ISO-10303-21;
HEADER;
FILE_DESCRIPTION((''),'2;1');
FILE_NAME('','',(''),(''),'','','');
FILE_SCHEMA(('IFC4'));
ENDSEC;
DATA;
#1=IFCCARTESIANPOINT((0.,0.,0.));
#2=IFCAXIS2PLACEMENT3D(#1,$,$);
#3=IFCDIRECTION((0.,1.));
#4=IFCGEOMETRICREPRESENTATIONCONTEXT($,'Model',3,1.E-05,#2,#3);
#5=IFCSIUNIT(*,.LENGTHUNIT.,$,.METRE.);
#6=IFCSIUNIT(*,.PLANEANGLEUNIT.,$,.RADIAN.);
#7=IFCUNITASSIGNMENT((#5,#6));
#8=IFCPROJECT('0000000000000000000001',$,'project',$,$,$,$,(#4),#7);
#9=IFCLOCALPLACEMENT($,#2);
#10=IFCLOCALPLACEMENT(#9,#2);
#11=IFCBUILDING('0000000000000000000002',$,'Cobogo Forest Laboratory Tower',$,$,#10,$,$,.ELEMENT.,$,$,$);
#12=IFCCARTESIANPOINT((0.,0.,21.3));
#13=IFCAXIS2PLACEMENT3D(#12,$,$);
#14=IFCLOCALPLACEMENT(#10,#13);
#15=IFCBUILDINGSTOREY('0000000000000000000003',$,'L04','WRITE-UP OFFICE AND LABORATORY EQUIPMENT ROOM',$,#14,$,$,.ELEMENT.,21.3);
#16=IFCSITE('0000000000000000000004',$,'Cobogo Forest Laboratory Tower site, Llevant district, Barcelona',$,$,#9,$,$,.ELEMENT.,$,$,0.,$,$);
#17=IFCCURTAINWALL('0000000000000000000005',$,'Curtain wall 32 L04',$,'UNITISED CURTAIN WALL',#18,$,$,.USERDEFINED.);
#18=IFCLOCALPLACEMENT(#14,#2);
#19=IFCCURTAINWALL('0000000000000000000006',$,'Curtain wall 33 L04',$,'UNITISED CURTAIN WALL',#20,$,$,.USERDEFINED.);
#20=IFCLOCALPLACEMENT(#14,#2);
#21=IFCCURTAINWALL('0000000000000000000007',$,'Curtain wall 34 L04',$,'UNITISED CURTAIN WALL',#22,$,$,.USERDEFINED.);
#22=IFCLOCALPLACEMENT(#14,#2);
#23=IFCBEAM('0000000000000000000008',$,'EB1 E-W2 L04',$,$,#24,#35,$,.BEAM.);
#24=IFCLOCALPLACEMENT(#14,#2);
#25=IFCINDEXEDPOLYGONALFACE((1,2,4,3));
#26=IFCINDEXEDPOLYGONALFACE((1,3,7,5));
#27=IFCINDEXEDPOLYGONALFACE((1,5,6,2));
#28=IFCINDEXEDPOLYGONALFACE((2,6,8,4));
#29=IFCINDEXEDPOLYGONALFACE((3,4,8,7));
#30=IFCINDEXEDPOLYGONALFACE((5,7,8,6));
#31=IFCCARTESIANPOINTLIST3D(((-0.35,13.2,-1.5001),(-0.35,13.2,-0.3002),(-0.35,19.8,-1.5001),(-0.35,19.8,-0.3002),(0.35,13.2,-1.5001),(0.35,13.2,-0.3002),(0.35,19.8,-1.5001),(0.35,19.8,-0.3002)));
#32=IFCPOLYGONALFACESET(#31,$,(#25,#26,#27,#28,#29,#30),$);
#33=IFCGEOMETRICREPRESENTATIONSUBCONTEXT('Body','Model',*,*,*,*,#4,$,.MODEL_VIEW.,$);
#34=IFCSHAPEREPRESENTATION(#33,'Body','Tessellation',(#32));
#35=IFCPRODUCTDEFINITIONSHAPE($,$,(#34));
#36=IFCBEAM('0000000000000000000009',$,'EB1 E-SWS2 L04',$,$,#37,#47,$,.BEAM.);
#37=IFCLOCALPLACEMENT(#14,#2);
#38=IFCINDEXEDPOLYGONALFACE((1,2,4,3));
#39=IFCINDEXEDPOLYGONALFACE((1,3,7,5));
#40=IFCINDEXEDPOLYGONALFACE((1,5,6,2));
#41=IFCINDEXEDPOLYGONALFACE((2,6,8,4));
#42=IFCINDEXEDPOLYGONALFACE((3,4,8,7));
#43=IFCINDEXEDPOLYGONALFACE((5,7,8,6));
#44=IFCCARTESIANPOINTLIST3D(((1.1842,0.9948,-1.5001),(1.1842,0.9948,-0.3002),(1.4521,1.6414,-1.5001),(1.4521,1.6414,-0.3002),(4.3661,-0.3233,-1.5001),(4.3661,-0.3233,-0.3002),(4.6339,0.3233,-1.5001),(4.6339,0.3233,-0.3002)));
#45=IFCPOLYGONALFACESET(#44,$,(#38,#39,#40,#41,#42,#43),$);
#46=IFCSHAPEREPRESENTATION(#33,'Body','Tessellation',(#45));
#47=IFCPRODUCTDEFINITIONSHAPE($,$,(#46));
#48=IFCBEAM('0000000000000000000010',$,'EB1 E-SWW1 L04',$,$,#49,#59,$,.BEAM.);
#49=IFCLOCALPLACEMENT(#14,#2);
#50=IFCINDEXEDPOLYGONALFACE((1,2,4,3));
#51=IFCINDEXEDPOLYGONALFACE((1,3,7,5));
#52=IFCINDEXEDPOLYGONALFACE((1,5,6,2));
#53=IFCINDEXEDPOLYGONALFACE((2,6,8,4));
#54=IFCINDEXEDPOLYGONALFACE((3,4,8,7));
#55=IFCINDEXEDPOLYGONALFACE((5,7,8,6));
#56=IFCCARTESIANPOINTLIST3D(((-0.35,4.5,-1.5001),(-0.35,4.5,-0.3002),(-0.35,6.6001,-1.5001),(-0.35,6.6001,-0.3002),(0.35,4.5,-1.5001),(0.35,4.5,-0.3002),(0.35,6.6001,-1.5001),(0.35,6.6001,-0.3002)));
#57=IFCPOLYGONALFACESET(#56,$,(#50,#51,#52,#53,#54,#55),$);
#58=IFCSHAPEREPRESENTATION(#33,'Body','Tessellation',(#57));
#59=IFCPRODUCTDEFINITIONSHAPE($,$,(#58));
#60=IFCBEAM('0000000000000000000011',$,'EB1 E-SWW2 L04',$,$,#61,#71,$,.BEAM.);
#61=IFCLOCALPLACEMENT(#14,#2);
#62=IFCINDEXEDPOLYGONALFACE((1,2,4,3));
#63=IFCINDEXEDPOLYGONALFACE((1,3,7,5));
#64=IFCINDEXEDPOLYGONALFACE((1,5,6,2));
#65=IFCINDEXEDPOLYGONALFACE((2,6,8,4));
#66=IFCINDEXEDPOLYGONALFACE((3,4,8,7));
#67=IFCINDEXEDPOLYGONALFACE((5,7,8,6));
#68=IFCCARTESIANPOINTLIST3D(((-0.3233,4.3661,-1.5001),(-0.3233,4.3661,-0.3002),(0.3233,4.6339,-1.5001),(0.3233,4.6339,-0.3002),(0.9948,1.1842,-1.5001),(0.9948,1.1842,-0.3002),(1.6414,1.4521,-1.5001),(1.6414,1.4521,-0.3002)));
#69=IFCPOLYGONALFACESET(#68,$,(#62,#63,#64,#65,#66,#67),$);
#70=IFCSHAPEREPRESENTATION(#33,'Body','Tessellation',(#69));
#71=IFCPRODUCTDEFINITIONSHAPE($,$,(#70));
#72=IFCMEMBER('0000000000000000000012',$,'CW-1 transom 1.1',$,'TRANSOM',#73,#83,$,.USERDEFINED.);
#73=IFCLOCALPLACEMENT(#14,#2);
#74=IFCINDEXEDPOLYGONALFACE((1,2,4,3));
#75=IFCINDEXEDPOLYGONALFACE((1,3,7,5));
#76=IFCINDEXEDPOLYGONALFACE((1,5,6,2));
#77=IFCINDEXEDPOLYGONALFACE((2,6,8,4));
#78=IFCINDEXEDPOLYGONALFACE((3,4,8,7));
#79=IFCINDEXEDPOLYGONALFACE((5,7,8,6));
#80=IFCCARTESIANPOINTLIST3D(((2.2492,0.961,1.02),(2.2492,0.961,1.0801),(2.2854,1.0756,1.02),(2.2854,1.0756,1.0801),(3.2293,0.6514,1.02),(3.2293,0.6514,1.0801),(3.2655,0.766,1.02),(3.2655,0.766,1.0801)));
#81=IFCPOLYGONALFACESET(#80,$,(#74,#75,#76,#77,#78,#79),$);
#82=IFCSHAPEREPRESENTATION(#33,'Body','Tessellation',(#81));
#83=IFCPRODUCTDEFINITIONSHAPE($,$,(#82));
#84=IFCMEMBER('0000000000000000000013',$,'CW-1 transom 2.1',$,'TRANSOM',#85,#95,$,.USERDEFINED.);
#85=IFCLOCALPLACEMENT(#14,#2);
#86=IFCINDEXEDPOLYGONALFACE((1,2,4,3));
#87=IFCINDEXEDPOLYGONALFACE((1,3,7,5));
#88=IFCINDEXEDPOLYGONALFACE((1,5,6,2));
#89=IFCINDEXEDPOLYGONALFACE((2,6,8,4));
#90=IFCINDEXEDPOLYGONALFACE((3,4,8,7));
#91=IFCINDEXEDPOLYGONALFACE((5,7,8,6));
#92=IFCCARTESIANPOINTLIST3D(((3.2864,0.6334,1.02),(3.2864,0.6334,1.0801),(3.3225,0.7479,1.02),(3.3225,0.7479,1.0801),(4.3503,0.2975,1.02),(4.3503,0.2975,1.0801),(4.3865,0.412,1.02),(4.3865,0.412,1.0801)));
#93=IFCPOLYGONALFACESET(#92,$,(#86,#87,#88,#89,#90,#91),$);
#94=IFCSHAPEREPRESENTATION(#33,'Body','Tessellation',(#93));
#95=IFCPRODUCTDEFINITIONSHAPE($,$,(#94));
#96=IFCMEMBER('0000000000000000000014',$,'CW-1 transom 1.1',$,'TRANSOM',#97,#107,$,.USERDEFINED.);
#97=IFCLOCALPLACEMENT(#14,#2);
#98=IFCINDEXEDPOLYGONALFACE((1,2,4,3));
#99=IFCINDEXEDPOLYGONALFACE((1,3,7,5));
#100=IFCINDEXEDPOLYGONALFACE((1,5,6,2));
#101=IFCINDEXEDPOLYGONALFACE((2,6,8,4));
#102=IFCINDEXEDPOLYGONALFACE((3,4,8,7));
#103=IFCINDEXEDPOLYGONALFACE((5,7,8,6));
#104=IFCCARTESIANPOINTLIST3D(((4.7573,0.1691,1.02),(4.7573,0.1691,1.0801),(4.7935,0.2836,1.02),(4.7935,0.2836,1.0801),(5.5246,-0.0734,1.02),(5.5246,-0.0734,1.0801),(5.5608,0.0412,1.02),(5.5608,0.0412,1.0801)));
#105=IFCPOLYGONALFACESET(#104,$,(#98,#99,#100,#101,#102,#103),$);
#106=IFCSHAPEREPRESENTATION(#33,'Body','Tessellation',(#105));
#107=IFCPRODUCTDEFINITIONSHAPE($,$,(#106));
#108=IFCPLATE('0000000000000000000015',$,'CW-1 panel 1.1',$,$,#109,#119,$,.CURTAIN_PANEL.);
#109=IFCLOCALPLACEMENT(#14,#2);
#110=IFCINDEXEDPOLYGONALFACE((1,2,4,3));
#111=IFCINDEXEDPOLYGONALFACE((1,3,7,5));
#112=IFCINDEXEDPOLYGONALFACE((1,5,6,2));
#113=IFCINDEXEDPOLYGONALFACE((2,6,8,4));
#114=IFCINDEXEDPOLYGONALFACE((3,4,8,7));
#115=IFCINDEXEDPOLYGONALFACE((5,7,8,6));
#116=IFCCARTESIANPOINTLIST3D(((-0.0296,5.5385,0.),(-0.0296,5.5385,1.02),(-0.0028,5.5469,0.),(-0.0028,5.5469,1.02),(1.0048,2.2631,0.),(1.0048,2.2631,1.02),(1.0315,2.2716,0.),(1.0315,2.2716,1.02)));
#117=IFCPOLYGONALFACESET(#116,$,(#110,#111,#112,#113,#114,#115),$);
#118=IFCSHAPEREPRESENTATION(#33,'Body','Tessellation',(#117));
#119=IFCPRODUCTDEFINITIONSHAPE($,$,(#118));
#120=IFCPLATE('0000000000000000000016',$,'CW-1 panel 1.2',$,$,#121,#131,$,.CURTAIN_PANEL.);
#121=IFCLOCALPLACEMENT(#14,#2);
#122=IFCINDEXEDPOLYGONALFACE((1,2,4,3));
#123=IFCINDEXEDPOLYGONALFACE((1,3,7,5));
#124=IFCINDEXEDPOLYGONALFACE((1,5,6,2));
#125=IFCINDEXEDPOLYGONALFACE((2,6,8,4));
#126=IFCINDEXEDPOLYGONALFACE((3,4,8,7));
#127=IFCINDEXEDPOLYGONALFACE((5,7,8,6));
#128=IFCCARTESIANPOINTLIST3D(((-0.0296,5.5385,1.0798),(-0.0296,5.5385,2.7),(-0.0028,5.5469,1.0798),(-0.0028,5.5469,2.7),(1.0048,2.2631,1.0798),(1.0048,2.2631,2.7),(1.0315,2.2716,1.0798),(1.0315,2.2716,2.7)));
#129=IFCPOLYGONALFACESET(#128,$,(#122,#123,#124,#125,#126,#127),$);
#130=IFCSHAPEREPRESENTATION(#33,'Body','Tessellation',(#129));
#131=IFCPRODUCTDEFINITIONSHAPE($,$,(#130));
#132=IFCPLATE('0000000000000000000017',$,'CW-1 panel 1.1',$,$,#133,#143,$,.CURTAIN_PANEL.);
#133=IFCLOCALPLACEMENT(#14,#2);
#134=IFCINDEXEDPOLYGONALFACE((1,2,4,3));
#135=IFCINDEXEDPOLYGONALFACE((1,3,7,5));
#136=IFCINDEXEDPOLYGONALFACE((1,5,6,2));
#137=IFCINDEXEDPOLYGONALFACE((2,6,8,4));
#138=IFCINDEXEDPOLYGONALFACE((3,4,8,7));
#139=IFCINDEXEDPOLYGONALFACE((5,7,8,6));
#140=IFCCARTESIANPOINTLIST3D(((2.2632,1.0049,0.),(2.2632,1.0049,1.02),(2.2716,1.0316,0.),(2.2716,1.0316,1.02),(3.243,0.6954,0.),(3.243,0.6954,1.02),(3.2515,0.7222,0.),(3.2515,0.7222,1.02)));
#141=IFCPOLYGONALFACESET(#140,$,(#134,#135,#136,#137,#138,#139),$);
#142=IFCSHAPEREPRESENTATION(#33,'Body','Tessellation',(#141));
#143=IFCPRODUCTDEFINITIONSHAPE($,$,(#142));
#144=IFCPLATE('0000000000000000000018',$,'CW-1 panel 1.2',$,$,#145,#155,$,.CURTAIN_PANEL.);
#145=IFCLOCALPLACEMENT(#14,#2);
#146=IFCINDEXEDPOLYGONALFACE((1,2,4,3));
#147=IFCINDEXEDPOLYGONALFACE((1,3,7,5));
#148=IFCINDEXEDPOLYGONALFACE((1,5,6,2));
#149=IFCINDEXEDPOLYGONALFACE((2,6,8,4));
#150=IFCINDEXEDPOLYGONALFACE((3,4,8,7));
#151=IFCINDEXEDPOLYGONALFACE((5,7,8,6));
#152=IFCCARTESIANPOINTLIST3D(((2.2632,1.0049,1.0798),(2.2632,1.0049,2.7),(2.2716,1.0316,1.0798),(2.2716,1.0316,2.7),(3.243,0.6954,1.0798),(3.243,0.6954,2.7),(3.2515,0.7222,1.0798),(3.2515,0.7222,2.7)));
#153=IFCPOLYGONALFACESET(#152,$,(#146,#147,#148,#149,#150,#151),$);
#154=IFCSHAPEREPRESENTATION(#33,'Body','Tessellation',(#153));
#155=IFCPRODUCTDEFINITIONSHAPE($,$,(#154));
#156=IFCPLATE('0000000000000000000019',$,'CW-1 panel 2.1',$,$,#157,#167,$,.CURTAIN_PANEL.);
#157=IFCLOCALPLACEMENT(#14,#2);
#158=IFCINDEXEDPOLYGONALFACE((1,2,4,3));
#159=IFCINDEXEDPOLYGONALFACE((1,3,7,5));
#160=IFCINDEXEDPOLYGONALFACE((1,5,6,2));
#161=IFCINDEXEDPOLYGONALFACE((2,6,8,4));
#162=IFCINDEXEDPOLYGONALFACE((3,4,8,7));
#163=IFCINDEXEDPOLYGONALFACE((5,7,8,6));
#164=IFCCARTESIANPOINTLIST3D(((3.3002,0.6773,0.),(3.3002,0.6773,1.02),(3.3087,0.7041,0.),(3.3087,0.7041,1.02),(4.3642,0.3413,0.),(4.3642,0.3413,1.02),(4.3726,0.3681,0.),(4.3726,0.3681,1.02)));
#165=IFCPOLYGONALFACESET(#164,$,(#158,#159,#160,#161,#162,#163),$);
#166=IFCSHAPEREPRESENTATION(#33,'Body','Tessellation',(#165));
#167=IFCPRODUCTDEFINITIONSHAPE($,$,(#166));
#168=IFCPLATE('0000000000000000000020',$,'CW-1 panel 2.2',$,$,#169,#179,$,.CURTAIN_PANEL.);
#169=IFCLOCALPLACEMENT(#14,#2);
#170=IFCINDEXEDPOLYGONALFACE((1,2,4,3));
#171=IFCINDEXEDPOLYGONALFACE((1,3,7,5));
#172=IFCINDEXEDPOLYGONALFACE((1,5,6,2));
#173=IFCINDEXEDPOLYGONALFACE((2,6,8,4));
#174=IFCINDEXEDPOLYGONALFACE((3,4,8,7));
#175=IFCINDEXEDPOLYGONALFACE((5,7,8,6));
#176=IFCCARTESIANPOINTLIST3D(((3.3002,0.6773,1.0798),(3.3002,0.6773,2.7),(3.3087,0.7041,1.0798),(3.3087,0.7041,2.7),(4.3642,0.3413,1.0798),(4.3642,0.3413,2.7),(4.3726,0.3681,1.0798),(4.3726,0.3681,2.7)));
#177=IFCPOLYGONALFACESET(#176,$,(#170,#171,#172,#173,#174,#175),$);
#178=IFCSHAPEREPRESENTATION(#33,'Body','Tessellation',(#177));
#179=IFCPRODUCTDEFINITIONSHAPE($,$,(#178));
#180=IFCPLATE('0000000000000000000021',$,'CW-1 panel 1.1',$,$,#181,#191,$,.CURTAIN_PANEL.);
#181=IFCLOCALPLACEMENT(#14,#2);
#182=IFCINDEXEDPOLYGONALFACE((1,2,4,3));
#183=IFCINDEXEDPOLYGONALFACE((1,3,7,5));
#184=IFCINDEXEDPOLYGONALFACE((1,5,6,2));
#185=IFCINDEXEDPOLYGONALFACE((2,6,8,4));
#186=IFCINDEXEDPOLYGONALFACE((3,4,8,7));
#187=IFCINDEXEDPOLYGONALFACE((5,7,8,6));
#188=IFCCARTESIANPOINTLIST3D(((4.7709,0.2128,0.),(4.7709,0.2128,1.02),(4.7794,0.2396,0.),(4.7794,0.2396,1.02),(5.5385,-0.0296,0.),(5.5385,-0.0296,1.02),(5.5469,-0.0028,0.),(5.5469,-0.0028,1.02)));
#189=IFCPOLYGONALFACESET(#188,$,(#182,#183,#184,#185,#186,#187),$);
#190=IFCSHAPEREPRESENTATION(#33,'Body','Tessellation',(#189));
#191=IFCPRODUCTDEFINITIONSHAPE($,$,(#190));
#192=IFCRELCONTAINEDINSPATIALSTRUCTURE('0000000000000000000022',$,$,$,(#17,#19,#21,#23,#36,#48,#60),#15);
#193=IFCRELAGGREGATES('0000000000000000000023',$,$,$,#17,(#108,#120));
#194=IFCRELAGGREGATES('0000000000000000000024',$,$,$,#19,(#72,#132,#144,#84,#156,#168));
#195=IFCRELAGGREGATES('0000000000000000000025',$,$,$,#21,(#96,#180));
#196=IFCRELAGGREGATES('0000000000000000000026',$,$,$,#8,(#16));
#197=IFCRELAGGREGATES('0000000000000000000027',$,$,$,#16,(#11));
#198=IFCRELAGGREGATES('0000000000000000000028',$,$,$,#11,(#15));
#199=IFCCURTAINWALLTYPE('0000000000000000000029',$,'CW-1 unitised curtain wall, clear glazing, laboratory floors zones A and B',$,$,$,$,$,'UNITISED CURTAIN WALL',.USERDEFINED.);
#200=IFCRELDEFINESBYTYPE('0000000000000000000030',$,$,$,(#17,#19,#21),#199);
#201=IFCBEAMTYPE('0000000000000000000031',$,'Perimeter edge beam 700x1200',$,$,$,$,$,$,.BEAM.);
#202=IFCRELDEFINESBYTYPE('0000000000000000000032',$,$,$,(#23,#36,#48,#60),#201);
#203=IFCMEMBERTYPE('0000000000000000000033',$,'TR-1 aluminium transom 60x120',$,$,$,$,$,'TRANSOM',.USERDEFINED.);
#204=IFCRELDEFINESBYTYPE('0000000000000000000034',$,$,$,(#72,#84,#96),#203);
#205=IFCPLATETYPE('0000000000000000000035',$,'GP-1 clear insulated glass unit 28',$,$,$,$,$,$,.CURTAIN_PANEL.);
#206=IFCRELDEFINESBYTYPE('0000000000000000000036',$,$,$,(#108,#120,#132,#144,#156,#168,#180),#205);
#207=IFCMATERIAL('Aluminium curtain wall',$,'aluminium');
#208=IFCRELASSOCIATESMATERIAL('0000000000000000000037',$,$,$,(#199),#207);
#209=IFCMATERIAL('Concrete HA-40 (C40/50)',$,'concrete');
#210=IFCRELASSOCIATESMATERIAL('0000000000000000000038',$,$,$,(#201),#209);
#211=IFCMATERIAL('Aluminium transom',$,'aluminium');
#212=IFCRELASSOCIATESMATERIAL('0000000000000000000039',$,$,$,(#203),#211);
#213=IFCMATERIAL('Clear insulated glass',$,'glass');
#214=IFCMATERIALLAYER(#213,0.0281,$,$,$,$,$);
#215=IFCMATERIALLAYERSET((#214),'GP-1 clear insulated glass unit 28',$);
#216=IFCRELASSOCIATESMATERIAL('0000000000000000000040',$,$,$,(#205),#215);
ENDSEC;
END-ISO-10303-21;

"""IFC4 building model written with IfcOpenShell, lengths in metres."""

from ifc_helpers import new_model, si_unit, direction, frame, origin, origin_2d, place, context, subcontext, project, spatial, rectangle, extrude, material, layer, layer_set, material_profile, profile_set, type_object, element, aggregate, save


model = new_model("IFC4")

# Units and contexts
model_context = context("Model", 3, precision=1e-05, world=origin(), true_north=direction((0.0, 1.0)))
body_context = subcontext(model_context, "Body", "Model", "MODEL_VIEW")
ifc_project = project(units=[si_unit("LENGTHUNIT", "METRE"), si_unit("PLANEANGLEUNIT", "RADIAN")], contexts=[model_context])

# Site, building, storey
site_placement = place(None, origin())
site = spatial("IfcSite", under=ifc_project, at=site_placement, Name="Cobogo Forest Laboratory Tower site, Llevant district, Barcelona", CompositionType="ELEMENT", RefElevation=0.0)
building_placement = place(site_placement, origin())
building = spatial("IfcBuilding", under=site, at=building_placement, Name="Cobogo Forest Laboratory Tower", CompositionType="ELEMENT")
storey_placement = place(building_placement, frame((0.0, 0.0, 21.3)))
storey = spatial("IfcBuildingStorey", under=building, at=storey_placement, Name="L04", Description="WRITE-UP OFFICE AND LABORATORY EQUIPMENT ROOM", CompositionType="ELEMENT", Elevation=21.3)

# Shared definitions
ifc_material_1 = material(Name="Concrete HA-40 (C40/50)", Category="concrete")

# Curtain wall
ifc_material_2 = material(Name="Aluminium curtain wall", Category="aluminium")
curtain_wall_type = type_object("IfcCurtainWallType", Name="CW-1 unitised curtain wall, clear glazing, laboratory floors zones A and B", ElementType="UNITISED CURTAIN WALL", PredefinedType="USERDEFINED", material=ifc_material_2)
curtain_wall_1_placement = place(storey_placement, origin())
curtain_wall_1 = element("IfcCurtainWall", 1, at=curtain_wall_1_placement, inside=storey, type_object=curtain_wall_type, Name="Curtain wall 32 L04", ObjectType="UNITISED CURTAIN WALL", PredefinedType="USERDEFINED")

# Curtain wall
curtain_wall_2_placement = place(storey_placement, origin())
curtain_wall_2 = element("IfcCurtainWall", 2, at=curtain_wall_2_placement, inside=storey, type_object=curtain_wall_type, Name="Curtain wall 33 L04", ObjectType="UNITISED CURTAIN WALL", PredefinedType="USERDEFINED")

# Curtain wall
curtain_wall_3_placement = place(storey_placement, origin())
curtain_wall_3 = element("IfcCurtainWall", 3, at=curtain_wall_3_placement, inside=storey, type_object=curtain_wall_type, Name="Curtain wall 34 L04", ObjectType="UNITISED CURTAIN WALL", PredefinedType="USERDEFINED")

# Beams
ifc_material_profile_1 = material_profile(ifc_material_1, rectangle(XDim=0.7, YDim=1.2, at=origin_2d()), Name="RC 700x1200")
ifc_profile_set_1 = profile_set([ifc_material_profile_1], Name="Concrete HA-40 (C40/50)")
beam_type_1 = type_object("IfcBeamType", Name="Perimeter edge beam 700x1200", PredefinedType="BEAM", material=ifc_profile_set_1)
beam_1_placement = place(storey_placement, frame((0.0, 13.2, -0.9001), z_axis=(0.0, 1.0, 0.0), x_axis=(-1.0, 0.0, 0.0)))
element("IfcBeam", 4, at=beam_1_placement, inside=storey, type_object=beam_type_1, Name="EB1 E-W2 L04", PredefinedType="BEAM", context=body_context, shape_type="SweptSolid", body=[
    extrude(rectangle(XDim=0.7, YDim=1.2, at=origin_2d()), origin(), (0.0, 0.0, 1.0), 6.6001),
])
beam_2_placement = place(storey_placement, frame((4.5, 0.0, -0.9001), z_axis=(-0.923866, 0.382717, 0.0), x_axis=(-0.382717, -0.923866, 0.0)))
element("IfcBeam", 5, at=beam_2_placement, inside=storey, type_object=beam_type_1, Name="EB1 E-SWS2 L04", PredefinedType="BEAM", context=body_context, shape_type="SweptSolid", body=[
    extrude(rectangle(XDim=0.7, YDim=1.2, at=origin_2d()), origin(), (0.0, 0.0, 1.0), 3.4441),
])
beam_3_placement = place(storey_placement, frame((0.0, 6.6001, -0.9001), z_axis=(0.0, -1.0, 0.0), x_axis=(1.0, 0.0, 0.0)))
element("IfcBeam", 6, at=beam_3_placement, inside=storey, type_object=beam_type_1, Name="EB1 E-SWW1 L04", PredefinedType="BEAM", context=body_context, shape_type="SweptSolid", body=[
    extrude(rectangle(XDim=0.7, YDim=1.2, at=origin_2d()), origin(), (0.0, 0.0, 1.0), 2.1001),
])
beam_4_placement = place(storey_placement, frame((0.0, 4.5, -0.9001), z_axis=(0.382717, -0.923866, 0.0), x_axis=(0.923866, 0.382717, 0.0)))
element("IfcBeam", 7, at=beam_4_placement, inside=storey, type_object=beam_type_1, Name="EB1 E-SWW2 L04", PredefinedType="BEAM", context=body_context, shape_type="SweptSolid", body=[
    extrude(rectangle(XDim=0.7, YDim=1.2, at=origin_2d()), origin(), (0.0, 0.0, 1.0), 3.4441),
])

# Members
ifc_material_3 = material(Name="Aluminium transom", Category="aluminium")
ifc_material_profile_2 = material_profile(ifc_material_3, rectangle(XDim=0.1201, YDim=0.0601, at=origin_2d()), Name="AL 60x120")
ifc_profile_set_2 = profile_set([ifc_material_profile_2], Name="Aluminium transom")
member_type_1 = type_object("IfcMemberType", Name="TR-1 aluminium transom 60x120", ElementType="TRANSOM", PredefinedType="USERDEFINED", material=ifc_profile_set_2)
member_1_placement = place(storey_placement, frame((2.2673, 1.0183, 1.05), z_axis=(0.953554, -0.301222, 0.0), x_axis=(0.301222, 0.953554, 0.0)))
member_1 = element("IfcMember", 8, at=member_1_placement, type_object=member_type_1, Name="CW-1 transom 1.1", ObjectType="TRANSOM", PredefinedType="USERDEFINED", context=body_context, shape_type="SweptSolid", body=[
    extrude(rectangle(XDim=0.1201, YDim=0.0601, at=origin_2d()), origin(), (0.0, 0.0, 1.0), 1.0278),
])
member_2_placement = place(storey_placement, frame((3.3044, 0.6907, 1.05), z_axis=(0.953596, -0.301089, 0.0), x_axis=(0.301089, 0.953596, 0.0)))
member_2 = element("IfcMember", 9, at=member_2_placement, type_object=member_type_1, Name="CW-1 transom 2.1", ObjectType="TRANSOM", PredefinedType="USERDEFINED", context=body_context, shape_type="SweptSolid", body=[
    extrude(rectangle(XDim=0.1201, YDim=0.0601, at=origin_2d()), origin(), (0.0, 0.0, 1.0), 1.1157),
])
member_3_placement = place(storey_placement, frame((4.7754, 0.2263, 1.05), z_axis=(0.953541, -0.301262, 0.0), x_axis=(0.301262, 0.953541, 0.0)))
member_3 = element("IfcMember", 10, at=member_3_placement, type_object=member_type_1, Name="CW-1 transom 1.1", ObjectType="TRANSOM", PredefinedType="USERDEFINED", context=body_context, shape_type="SweptSolid", body=[
    extrude(rectangle(XDim=0.1201, YDim=0.0601, at=origin_2d()), origin(), (0.0, 0.0, 1.0), 0.8047),
])

# Plates
ifc_material_4 = material(Name="Clear insulated glass", Category="glass")
ifc_layer_1 = layer(ifc_material_4, 0.0281)
ifc_layer_set_1 = layer_set([ifc_layer_1], Name="GP-1 clear insulated glass unit 28")
plate_type = type_object("IfcPlateType", Name="GP-1 clear insulated glass unit 28", PredefinedType="CURTAIN_PANEL", material=ifc_layer_set_1)
plate_1_placement = place(storey_placement, frame((0.501, 3.905, 0.0), z_axis=(0.0, 0.0, 1.0), x_axis=(0.301135, -0.953581, 0.0)))
plate_1 = element("IfcPlate", 11, at=plate_1_placement, type_object=plate_type, Name="CW-1 panel 1.1", PredefinedType="CURTAIN_PANEL", context=body_context, shape_type="SweptSolid", body=[
    extrude(rectangle(XDim=3.4348, YDim=0.0281, at=origin_2d()), origin(), (0.0, 0.0, 1.0), 1.02),
])
plate_2_placement = place(storey_placement, frame((0.501, 3.905, 1.0798), z_axis=(0.0, 0.0, 1.0), x_axis=(0.301135, -0.953581, 0.0)))
plate_2 = element("IfcPlate", 12, at=plate_2_placement, type_object=plate_type, Name="CW-1 panel 1.2", PredefinedType="CURTAIN_PANEL", context=body_context, shape_type="SweptSolid", body=[
    extrude(rectangle(XDim=3.4348, YDim=0.0281, at=origin_2d()), origin(), (0.0, 0.0, 1.0), 1.6201),
])
aggregate(curtain_wall_1, [plate_1, plate_2])
plate_3_placement = place(storey_placement, frame((2.7573, 0.8635, 0.0), z_axis=(0.0, 0.0, 1.0), x_axis=(0.953581, -0.301135, 0.0)))
plate_3 = element("IfcPlate", 13, at=plate_3_placement, type_object=plate_type, Name="CW-1 panel 1.1", PredefinedType="CURTAIN_PANEL", context=body_context, shape_type="SweptSolid", body=[
    extrude(rectangle(XDim=1.0276, YDim=0.0281, at=origin_2d()), origin(), (0.0, 0.0, 1.0), 1.02),
])
plate_4_placement = place(storey_placement, frame((2.7573, 0.8635, 1.0798), z_axis=(0.0, 0.0, 1.0), x_axis=(0.953581, -0.301135, 0.0)))
plate_4 = element("IfcPlate", 14, at=plate_4_placement, type_object=plate_type, Name="CW-1 panel 1.2", PredefinedType="CURTAIN_PANEL", context=body_context, shape_type="SweptSolid", body=[
    extrude(rectangle(XDim=1.0276, YDim=0.0281, at=origin_2d()), origin(), (0.0, 0.0, 1.0), 1.6201),
])
plate_5_placement = place(storey_placement, frame((3.8364, 0.5227, 0.0), z_axis=(0.0, 0.0, 1.0), x_axis=(0.953581, -0.301135, 0.0)))
plate_5 = element("IfcPlate", 15, at=plate_5_placement, type_object=plate_type, Name="CW-1 panel 2.1", PredefinedType="CURTAIN_PANEL", context=body_context, shape_type="SweptSolid", body=[
    extrude(rectangle(XDim=1.1157, YDim=0.0281, at=origin_2d()), origin(), (0.0, 0.0, 1.0), 1.02),
])
plate_6_placement = place(storey_placement, frame((3.8364, 0.5227, 1.0798), z_axis=(0.0, 0.0, 1.0), x_axis=(0.953581, -0.301135, 0.0)))
plate_6 = element("IfcPlate", 16, at=plate_6_placement, type_object=plate_type, Name="CW-1 panel 2.2", PredefinedType="CURTAIN_PANEL", context=body_context, shape_type="SweptSolid", body=[
    extrude(rectangle(XDim=1.1157, YDim=0.0281, at=origin_2d()), origin(), (0.0, 0.0, 1.0), 1.6201),
])
aggregate(curtain_wall_2, [member_1, plate_3, plate_4, member_2, plate_5, plate_6])
plate_7_placement = place(storey_placement, frame((5.1589, 0.105, 0.0), z_axis=(0.0, 0.0, 1.0), x_axis=(0.953581, -0.301135, 0.0)))
plate_7 = element("IfcPlate", 17, at=plate_7_placement, type_object=plate_type, Name="CW-1 panel 1.1", PredefinedType="CURTAIN_PANEL", context=body_context, shape_type="SweptSolid", body=[
    extrude(rectangle(XDim=0.8049, YDim=0.0281, at=origin_2d()), origin(), (0.0, 0.0, 1.0), 1.02),
])
aggregate(curtain_wall_3, [member_3, plate_7])

save(model, "model.ifc")
